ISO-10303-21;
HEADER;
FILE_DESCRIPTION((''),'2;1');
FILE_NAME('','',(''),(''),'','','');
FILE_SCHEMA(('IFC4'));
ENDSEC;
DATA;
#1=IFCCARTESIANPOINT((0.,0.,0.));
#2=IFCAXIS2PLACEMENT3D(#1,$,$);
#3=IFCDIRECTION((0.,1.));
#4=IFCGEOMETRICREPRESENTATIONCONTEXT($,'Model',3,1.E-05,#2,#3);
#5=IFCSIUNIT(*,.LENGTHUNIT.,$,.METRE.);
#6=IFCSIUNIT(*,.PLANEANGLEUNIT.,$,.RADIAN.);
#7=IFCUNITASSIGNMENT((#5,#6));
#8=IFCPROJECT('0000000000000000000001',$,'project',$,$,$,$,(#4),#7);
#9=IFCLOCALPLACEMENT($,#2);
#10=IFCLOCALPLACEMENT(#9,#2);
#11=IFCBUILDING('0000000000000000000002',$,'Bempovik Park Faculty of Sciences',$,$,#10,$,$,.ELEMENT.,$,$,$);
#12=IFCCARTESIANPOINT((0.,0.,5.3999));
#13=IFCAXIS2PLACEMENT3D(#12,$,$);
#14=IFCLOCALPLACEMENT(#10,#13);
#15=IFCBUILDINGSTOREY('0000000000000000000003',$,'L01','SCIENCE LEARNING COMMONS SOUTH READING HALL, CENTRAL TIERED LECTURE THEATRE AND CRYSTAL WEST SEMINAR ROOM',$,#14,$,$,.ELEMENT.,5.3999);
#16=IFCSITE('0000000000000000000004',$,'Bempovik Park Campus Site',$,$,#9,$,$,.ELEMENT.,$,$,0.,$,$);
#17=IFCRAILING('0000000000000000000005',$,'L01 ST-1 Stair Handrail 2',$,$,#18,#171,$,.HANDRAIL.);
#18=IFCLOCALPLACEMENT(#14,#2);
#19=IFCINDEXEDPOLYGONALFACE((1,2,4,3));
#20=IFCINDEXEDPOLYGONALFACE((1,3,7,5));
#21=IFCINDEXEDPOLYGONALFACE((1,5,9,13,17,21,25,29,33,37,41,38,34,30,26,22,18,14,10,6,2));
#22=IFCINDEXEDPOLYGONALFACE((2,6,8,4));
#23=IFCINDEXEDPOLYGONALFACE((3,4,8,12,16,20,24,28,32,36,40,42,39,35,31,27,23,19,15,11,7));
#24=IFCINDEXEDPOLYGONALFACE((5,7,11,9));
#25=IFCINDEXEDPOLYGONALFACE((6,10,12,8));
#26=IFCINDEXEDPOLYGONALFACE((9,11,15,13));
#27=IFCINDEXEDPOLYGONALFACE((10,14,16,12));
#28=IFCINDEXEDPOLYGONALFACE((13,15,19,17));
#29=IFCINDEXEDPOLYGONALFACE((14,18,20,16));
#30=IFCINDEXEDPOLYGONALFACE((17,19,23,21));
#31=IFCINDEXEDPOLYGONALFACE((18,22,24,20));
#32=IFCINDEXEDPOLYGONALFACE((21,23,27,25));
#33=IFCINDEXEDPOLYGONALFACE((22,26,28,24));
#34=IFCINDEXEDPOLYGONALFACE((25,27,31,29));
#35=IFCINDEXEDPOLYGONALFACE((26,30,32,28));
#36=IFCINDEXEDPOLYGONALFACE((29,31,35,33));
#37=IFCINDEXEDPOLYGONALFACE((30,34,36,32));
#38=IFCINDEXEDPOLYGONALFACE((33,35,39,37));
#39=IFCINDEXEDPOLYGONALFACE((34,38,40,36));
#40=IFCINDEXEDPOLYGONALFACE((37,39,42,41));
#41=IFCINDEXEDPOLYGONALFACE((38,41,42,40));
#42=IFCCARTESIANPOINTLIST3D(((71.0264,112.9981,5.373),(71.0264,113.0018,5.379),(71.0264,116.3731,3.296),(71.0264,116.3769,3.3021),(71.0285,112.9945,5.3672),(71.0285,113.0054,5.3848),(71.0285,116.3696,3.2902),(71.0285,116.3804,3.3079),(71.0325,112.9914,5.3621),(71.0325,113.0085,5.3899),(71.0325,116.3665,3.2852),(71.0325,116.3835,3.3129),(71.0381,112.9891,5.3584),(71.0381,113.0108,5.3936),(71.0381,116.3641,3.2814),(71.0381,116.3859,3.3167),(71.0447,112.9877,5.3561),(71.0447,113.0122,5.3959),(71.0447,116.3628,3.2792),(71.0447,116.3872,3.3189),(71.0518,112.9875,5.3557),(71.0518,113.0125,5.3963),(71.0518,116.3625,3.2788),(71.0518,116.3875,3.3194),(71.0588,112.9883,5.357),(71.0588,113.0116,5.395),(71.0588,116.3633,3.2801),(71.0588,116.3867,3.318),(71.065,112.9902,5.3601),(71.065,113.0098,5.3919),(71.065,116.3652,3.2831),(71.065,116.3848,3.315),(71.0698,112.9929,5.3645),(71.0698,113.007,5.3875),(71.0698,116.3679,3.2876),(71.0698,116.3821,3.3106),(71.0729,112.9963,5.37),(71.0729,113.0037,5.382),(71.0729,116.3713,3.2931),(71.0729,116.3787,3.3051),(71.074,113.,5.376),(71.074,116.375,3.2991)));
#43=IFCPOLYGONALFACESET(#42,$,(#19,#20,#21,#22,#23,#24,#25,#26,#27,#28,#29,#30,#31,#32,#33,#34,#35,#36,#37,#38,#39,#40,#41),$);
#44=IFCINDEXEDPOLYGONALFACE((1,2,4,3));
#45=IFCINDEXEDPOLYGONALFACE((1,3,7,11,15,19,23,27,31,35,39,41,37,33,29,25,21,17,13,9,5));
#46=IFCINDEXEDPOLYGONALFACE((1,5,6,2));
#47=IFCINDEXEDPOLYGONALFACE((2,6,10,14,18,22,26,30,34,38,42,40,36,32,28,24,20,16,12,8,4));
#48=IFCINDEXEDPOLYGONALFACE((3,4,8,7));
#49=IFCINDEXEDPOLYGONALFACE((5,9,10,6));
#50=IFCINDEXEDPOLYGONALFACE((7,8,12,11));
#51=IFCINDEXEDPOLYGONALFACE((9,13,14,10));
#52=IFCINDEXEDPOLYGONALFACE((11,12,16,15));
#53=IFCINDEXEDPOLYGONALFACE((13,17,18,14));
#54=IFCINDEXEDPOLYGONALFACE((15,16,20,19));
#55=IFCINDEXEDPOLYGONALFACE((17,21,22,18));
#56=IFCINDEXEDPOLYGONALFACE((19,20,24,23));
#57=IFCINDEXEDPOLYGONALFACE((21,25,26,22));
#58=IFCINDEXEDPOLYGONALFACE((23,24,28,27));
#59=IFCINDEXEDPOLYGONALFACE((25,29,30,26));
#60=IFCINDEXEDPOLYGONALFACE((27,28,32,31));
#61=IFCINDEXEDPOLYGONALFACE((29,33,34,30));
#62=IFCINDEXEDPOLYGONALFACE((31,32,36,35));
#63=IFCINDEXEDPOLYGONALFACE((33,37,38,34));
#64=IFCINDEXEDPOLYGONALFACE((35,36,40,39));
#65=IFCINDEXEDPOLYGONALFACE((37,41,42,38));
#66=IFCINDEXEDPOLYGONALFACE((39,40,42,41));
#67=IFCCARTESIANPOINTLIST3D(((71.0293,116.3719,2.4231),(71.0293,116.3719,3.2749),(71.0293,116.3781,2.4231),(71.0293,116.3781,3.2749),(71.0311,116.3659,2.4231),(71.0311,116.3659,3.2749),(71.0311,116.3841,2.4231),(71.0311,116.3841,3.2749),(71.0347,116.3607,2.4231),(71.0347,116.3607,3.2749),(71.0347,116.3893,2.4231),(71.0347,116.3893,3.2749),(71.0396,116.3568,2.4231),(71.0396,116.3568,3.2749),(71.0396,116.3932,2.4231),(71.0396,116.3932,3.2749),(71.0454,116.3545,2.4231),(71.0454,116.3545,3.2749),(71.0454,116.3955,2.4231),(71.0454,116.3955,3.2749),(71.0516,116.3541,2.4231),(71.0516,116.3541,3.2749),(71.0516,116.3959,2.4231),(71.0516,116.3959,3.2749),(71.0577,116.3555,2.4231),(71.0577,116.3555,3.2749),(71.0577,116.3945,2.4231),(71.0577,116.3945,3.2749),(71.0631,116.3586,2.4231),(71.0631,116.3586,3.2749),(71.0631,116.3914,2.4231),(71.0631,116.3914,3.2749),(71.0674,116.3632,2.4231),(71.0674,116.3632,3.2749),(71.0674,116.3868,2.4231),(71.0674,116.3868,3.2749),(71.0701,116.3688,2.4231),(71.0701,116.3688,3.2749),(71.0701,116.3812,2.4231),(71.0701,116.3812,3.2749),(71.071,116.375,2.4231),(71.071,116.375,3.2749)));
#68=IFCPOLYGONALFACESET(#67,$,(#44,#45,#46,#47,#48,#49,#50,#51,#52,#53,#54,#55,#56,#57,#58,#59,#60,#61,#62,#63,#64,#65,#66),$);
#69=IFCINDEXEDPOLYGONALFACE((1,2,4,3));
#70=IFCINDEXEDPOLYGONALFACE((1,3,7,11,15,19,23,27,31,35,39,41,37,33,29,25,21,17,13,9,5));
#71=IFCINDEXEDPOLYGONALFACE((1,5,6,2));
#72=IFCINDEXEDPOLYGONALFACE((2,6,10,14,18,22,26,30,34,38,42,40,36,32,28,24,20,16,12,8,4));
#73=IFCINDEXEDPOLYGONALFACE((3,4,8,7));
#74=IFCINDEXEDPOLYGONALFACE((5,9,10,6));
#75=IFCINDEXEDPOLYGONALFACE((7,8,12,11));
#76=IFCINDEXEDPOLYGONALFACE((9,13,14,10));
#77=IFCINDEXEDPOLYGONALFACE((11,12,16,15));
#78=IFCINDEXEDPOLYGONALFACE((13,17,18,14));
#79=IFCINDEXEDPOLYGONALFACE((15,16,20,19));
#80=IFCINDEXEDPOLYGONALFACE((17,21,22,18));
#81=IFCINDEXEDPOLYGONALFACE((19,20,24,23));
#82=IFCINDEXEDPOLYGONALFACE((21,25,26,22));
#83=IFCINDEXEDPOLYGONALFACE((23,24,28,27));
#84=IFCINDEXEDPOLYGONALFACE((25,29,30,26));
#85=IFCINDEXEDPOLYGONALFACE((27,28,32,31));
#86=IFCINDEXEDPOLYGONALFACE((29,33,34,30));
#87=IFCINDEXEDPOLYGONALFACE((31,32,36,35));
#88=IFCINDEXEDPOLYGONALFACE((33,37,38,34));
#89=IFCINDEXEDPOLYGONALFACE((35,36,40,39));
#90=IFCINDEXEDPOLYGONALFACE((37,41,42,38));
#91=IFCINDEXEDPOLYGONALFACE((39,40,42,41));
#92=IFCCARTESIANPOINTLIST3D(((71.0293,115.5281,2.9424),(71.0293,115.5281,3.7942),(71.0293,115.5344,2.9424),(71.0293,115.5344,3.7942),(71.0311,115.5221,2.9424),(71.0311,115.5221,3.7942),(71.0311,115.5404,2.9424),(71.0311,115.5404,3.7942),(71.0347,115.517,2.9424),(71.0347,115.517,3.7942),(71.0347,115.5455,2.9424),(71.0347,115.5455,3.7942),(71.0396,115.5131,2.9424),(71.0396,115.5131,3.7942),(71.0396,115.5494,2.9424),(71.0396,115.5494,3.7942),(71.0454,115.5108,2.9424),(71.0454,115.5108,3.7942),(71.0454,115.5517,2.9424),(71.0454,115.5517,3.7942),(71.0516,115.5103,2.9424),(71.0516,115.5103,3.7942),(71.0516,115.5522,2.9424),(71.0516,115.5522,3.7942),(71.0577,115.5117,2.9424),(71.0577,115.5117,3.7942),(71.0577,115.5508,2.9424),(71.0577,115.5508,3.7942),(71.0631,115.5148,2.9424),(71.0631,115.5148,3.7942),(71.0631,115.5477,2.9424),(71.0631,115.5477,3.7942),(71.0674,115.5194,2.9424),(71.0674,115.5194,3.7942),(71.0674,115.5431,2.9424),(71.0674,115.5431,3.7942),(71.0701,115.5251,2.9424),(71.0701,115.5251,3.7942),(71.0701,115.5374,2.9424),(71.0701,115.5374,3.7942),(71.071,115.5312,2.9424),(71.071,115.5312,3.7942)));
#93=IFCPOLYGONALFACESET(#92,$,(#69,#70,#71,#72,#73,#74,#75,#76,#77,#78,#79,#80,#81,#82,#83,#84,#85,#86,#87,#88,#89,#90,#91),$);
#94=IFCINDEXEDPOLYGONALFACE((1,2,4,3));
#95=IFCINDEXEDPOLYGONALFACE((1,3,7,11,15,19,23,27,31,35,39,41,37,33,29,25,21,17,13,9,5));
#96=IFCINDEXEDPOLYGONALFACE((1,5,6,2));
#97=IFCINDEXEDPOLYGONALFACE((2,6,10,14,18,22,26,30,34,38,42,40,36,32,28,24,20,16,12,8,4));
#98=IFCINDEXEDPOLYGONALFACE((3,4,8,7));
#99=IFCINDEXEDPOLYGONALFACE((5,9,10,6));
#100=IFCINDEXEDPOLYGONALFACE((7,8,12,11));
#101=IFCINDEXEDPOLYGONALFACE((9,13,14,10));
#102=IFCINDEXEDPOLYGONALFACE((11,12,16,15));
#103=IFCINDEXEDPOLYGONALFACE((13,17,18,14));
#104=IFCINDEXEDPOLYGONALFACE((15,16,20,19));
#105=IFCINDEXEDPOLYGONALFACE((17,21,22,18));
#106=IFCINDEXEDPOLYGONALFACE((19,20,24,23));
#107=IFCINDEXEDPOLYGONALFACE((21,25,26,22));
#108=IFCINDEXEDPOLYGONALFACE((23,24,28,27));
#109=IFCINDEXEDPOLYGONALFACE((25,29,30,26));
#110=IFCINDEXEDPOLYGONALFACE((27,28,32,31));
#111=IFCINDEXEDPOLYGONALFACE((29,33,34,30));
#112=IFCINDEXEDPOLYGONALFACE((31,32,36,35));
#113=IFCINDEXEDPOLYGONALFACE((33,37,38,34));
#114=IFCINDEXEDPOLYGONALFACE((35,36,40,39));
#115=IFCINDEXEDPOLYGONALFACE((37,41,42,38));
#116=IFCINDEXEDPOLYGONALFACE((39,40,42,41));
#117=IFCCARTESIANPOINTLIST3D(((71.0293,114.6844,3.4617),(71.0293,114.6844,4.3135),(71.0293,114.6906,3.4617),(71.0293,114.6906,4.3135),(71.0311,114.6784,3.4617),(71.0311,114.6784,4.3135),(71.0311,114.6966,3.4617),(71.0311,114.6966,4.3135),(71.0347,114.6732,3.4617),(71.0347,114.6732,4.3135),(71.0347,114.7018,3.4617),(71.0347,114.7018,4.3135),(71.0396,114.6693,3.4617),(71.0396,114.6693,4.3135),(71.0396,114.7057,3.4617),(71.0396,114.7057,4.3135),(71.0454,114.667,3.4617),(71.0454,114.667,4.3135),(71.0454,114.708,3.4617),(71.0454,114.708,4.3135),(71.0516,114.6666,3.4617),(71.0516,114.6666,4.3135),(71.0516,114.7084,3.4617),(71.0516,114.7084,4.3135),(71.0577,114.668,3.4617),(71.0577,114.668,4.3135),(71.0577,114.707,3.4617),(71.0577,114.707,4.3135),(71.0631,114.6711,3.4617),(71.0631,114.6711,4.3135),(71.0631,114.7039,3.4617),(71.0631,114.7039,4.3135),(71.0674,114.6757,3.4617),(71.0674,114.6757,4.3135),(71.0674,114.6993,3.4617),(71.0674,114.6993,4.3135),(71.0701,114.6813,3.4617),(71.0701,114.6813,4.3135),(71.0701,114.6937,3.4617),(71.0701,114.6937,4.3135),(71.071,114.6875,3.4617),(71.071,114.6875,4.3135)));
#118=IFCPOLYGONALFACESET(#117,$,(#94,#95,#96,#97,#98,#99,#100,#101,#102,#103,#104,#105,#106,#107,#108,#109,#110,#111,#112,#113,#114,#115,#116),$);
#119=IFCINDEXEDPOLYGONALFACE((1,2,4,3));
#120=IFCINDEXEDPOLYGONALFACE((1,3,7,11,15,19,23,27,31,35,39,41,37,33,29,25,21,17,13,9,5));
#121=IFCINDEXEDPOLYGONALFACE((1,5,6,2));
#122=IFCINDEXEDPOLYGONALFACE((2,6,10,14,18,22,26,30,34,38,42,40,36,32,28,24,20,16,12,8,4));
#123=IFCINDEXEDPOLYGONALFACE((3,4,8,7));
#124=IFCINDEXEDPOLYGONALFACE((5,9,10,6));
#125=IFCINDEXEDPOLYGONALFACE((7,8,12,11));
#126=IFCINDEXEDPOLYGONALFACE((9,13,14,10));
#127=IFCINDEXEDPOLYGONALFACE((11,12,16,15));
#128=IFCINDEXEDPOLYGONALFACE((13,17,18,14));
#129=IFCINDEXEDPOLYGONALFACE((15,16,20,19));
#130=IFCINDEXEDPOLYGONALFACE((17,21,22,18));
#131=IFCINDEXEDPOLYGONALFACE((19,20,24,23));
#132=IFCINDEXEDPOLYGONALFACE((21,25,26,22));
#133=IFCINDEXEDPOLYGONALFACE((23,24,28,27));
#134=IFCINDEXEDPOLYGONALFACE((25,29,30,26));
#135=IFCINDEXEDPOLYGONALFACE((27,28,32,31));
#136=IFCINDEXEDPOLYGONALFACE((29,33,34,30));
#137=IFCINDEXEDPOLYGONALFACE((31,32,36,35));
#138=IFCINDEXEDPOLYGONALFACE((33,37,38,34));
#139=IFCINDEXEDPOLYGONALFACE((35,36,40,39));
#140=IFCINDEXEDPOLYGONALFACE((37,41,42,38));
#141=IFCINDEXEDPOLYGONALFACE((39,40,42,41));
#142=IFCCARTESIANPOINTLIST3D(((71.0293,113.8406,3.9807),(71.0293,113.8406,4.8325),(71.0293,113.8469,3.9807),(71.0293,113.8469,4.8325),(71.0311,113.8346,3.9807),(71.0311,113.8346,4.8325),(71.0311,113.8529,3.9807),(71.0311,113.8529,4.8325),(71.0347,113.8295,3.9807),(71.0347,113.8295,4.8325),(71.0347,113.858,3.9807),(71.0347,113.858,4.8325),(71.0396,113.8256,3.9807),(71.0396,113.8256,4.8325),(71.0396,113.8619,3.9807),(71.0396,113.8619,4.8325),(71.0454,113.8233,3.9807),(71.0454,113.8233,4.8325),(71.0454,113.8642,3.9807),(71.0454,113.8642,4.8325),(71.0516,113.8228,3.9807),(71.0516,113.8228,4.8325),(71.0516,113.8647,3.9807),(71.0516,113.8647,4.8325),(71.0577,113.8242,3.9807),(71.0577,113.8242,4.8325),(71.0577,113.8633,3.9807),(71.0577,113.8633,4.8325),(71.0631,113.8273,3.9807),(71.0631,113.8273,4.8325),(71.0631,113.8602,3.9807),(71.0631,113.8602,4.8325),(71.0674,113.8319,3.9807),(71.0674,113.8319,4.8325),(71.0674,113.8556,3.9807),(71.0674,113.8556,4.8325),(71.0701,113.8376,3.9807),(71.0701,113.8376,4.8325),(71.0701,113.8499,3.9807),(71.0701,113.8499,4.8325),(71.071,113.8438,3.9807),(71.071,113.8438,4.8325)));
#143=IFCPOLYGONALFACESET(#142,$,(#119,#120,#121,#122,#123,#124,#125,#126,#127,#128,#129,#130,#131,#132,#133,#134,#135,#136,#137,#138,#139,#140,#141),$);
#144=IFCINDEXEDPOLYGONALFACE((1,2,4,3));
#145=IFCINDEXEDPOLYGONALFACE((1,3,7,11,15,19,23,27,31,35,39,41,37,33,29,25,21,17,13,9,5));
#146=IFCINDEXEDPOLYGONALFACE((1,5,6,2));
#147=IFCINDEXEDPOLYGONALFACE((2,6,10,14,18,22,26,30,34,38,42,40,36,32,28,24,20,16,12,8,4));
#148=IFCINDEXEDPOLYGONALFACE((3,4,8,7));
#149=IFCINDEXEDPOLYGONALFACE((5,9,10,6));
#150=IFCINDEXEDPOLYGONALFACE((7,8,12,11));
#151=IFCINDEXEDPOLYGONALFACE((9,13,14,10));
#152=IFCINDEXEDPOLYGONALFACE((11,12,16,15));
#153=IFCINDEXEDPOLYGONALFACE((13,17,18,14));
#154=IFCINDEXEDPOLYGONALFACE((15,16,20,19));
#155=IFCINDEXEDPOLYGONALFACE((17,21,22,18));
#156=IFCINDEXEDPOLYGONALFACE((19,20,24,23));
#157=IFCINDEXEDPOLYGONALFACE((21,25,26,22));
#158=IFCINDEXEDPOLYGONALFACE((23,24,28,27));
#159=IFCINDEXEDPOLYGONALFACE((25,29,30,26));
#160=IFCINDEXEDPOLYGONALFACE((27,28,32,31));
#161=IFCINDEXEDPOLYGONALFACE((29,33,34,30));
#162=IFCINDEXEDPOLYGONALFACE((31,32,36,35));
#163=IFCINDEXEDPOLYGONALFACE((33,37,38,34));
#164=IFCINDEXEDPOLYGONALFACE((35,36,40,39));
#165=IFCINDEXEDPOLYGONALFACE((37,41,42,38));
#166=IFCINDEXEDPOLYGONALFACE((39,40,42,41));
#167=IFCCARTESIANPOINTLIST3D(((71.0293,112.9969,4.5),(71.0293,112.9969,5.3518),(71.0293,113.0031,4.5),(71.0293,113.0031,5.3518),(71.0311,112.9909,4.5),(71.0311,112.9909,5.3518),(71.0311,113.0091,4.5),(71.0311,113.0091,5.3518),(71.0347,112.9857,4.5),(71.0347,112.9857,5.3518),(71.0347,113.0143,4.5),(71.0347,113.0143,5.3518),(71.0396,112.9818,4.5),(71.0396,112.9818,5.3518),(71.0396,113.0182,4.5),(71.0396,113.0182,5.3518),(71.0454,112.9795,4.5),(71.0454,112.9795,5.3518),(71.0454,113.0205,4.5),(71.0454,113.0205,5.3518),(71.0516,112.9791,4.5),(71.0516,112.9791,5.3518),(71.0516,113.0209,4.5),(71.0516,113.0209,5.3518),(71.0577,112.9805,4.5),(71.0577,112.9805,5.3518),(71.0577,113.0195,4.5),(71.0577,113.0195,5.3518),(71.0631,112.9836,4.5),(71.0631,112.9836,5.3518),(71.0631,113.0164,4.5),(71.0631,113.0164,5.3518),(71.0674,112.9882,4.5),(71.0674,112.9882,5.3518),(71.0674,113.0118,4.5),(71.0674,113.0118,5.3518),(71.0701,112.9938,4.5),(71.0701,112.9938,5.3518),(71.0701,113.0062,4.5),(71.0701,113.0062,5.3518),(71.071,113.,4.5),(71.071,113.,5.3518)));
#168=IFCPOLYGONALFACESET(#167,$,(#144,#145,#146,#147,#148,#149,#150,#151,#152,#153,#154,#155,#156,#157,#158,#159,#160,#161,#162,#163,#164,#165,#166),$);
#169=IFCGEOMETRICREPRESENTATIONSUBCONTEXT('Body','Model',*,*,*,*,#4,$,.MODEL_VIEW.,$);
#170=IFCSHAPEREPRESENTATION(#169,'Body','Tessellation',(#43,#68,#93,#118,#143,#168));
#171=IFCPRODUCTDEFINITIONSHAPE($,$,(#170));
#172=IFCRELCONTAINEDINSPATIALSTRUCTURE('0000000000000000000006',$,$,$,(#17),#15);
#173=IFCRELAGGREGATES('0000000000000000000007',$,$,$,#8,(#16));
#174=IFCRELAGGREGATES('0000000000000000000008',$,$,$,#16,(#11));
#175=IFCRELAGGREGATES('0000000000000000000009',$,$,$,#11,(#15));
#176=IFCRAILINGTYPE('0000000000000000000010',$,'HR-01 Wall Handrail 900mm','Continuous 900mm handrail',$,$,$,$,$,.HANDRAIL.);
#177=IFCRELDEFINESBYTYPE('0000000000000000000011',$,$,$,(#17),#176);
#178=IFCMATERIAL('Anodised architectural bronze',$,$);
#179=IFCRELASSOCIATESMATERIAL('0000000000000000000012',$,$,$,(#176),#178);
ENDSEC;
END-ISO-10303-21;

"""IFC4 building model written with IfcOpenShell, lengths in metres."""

from ifc_helpers import new_model, si_unit, direction, frame, origin, origin_2d, place, context, subcontext, project, spatial, circle, extrude, material, type_object, element, save


model = new_model("IFC4")

# Units and contexts
model_context = context("Model", 3, precision=1e-05, world=origin(), true_north=direction((0.0, 1.0)))
body_context = subcontext(model_context, "Body", "Model", "MODEL_VIEW")
ifc_project = project(units=[si_unit("LENGTHUNIT", "METRE"), si_unit("PLANEANGLEUNIT", "RADIAN")], contexts=[model_context])

# Site, building, storey
site_placement = place(None, origin())
site = spatial("IfcSite", under=ifc_project, at=site_placement, Name="Bempovik Park Campus Site", CompositionType="ELEMENT", RefElevation=0.0)
building_placement = place(site_placement, origin())
building = spatial("IfcBuilding", under=site, at=building_placement, Name="Bempovik Park Faculty of Sciences", CompositionType="ELEMENT")
storey_placement = place(building_placement, frame((0.0, 0.0, 5.3999)))
storey = spatial("IfcBuildingStorey", under=building, at=storey_placement, Name="L01", Description="SCIENCE LEARNING COMMONS SOUTH READING HALL, CENTRAL TIERED LECTURE THEATRE AND CRYSTAL WEST SEMINAR ROOM", CompositionType="ELEMENT", Elevation=5.3999)

# Railing
ifc_material_1 = material(Name="Anodised architectural bronze")
railing_type_1 = type_object("IfcRailingType", Name="HR-01 Wall Handrail 900mm", Description="Continuous 900mm handrail", PredefinedType="HANDRAIL", material=ifc_material_1)
railing_1_placement = place(storey_placement, frame((71.05, 116.375, 2.4231)))
element("IfcRailing", 1, at=railing_1_placement, inside=storey, type_object=railing_type_1, Name="L01 ST-1 Stair Handrail 2", PredefinedType="HANDRAIL", context=body_context, shape_type="SweptSolid", body=[
    extrude(circle(Radius=0.0239, at=origin_2d()), frame((0.0, 0.0, 0.876), z_axis=(0.0, -0.85166, 0.524094), x_axis=(1.0, 0.0, 0.0)), (0.0, 0.0, 1.0), 3.9629),
    extrude(circle(Radius=0.021, at=origin_2d()), origin(), (0.0, 0.0, 1.0), 0.8518),
    extrude(circle(Radius=0.021, at=origin_2d()), frame((0.0, -0.8438, 0.5193)), (0.0, 0.0, 1.0), 0.8518),
    extrude(circle(Radius=0.021, at=origin_2d()), frame((0.0, -1.6875, 1.0386)), (0.0, 0.0, 1.0), 0.8518),
    extrude(circle(Radius=0.021, at=origin_2d()), frame((0.0, -2.5312, 1.5576)), (0.0, 0.0, 1.0), 0.8518),
    extrude(circle(Radius=0.021, at=origin_2d()), frame((0.0, -3.375, 2.0769)), (0.0, 0.0, 1.0), 0.8518),
])

save(model, "model.ifc")
